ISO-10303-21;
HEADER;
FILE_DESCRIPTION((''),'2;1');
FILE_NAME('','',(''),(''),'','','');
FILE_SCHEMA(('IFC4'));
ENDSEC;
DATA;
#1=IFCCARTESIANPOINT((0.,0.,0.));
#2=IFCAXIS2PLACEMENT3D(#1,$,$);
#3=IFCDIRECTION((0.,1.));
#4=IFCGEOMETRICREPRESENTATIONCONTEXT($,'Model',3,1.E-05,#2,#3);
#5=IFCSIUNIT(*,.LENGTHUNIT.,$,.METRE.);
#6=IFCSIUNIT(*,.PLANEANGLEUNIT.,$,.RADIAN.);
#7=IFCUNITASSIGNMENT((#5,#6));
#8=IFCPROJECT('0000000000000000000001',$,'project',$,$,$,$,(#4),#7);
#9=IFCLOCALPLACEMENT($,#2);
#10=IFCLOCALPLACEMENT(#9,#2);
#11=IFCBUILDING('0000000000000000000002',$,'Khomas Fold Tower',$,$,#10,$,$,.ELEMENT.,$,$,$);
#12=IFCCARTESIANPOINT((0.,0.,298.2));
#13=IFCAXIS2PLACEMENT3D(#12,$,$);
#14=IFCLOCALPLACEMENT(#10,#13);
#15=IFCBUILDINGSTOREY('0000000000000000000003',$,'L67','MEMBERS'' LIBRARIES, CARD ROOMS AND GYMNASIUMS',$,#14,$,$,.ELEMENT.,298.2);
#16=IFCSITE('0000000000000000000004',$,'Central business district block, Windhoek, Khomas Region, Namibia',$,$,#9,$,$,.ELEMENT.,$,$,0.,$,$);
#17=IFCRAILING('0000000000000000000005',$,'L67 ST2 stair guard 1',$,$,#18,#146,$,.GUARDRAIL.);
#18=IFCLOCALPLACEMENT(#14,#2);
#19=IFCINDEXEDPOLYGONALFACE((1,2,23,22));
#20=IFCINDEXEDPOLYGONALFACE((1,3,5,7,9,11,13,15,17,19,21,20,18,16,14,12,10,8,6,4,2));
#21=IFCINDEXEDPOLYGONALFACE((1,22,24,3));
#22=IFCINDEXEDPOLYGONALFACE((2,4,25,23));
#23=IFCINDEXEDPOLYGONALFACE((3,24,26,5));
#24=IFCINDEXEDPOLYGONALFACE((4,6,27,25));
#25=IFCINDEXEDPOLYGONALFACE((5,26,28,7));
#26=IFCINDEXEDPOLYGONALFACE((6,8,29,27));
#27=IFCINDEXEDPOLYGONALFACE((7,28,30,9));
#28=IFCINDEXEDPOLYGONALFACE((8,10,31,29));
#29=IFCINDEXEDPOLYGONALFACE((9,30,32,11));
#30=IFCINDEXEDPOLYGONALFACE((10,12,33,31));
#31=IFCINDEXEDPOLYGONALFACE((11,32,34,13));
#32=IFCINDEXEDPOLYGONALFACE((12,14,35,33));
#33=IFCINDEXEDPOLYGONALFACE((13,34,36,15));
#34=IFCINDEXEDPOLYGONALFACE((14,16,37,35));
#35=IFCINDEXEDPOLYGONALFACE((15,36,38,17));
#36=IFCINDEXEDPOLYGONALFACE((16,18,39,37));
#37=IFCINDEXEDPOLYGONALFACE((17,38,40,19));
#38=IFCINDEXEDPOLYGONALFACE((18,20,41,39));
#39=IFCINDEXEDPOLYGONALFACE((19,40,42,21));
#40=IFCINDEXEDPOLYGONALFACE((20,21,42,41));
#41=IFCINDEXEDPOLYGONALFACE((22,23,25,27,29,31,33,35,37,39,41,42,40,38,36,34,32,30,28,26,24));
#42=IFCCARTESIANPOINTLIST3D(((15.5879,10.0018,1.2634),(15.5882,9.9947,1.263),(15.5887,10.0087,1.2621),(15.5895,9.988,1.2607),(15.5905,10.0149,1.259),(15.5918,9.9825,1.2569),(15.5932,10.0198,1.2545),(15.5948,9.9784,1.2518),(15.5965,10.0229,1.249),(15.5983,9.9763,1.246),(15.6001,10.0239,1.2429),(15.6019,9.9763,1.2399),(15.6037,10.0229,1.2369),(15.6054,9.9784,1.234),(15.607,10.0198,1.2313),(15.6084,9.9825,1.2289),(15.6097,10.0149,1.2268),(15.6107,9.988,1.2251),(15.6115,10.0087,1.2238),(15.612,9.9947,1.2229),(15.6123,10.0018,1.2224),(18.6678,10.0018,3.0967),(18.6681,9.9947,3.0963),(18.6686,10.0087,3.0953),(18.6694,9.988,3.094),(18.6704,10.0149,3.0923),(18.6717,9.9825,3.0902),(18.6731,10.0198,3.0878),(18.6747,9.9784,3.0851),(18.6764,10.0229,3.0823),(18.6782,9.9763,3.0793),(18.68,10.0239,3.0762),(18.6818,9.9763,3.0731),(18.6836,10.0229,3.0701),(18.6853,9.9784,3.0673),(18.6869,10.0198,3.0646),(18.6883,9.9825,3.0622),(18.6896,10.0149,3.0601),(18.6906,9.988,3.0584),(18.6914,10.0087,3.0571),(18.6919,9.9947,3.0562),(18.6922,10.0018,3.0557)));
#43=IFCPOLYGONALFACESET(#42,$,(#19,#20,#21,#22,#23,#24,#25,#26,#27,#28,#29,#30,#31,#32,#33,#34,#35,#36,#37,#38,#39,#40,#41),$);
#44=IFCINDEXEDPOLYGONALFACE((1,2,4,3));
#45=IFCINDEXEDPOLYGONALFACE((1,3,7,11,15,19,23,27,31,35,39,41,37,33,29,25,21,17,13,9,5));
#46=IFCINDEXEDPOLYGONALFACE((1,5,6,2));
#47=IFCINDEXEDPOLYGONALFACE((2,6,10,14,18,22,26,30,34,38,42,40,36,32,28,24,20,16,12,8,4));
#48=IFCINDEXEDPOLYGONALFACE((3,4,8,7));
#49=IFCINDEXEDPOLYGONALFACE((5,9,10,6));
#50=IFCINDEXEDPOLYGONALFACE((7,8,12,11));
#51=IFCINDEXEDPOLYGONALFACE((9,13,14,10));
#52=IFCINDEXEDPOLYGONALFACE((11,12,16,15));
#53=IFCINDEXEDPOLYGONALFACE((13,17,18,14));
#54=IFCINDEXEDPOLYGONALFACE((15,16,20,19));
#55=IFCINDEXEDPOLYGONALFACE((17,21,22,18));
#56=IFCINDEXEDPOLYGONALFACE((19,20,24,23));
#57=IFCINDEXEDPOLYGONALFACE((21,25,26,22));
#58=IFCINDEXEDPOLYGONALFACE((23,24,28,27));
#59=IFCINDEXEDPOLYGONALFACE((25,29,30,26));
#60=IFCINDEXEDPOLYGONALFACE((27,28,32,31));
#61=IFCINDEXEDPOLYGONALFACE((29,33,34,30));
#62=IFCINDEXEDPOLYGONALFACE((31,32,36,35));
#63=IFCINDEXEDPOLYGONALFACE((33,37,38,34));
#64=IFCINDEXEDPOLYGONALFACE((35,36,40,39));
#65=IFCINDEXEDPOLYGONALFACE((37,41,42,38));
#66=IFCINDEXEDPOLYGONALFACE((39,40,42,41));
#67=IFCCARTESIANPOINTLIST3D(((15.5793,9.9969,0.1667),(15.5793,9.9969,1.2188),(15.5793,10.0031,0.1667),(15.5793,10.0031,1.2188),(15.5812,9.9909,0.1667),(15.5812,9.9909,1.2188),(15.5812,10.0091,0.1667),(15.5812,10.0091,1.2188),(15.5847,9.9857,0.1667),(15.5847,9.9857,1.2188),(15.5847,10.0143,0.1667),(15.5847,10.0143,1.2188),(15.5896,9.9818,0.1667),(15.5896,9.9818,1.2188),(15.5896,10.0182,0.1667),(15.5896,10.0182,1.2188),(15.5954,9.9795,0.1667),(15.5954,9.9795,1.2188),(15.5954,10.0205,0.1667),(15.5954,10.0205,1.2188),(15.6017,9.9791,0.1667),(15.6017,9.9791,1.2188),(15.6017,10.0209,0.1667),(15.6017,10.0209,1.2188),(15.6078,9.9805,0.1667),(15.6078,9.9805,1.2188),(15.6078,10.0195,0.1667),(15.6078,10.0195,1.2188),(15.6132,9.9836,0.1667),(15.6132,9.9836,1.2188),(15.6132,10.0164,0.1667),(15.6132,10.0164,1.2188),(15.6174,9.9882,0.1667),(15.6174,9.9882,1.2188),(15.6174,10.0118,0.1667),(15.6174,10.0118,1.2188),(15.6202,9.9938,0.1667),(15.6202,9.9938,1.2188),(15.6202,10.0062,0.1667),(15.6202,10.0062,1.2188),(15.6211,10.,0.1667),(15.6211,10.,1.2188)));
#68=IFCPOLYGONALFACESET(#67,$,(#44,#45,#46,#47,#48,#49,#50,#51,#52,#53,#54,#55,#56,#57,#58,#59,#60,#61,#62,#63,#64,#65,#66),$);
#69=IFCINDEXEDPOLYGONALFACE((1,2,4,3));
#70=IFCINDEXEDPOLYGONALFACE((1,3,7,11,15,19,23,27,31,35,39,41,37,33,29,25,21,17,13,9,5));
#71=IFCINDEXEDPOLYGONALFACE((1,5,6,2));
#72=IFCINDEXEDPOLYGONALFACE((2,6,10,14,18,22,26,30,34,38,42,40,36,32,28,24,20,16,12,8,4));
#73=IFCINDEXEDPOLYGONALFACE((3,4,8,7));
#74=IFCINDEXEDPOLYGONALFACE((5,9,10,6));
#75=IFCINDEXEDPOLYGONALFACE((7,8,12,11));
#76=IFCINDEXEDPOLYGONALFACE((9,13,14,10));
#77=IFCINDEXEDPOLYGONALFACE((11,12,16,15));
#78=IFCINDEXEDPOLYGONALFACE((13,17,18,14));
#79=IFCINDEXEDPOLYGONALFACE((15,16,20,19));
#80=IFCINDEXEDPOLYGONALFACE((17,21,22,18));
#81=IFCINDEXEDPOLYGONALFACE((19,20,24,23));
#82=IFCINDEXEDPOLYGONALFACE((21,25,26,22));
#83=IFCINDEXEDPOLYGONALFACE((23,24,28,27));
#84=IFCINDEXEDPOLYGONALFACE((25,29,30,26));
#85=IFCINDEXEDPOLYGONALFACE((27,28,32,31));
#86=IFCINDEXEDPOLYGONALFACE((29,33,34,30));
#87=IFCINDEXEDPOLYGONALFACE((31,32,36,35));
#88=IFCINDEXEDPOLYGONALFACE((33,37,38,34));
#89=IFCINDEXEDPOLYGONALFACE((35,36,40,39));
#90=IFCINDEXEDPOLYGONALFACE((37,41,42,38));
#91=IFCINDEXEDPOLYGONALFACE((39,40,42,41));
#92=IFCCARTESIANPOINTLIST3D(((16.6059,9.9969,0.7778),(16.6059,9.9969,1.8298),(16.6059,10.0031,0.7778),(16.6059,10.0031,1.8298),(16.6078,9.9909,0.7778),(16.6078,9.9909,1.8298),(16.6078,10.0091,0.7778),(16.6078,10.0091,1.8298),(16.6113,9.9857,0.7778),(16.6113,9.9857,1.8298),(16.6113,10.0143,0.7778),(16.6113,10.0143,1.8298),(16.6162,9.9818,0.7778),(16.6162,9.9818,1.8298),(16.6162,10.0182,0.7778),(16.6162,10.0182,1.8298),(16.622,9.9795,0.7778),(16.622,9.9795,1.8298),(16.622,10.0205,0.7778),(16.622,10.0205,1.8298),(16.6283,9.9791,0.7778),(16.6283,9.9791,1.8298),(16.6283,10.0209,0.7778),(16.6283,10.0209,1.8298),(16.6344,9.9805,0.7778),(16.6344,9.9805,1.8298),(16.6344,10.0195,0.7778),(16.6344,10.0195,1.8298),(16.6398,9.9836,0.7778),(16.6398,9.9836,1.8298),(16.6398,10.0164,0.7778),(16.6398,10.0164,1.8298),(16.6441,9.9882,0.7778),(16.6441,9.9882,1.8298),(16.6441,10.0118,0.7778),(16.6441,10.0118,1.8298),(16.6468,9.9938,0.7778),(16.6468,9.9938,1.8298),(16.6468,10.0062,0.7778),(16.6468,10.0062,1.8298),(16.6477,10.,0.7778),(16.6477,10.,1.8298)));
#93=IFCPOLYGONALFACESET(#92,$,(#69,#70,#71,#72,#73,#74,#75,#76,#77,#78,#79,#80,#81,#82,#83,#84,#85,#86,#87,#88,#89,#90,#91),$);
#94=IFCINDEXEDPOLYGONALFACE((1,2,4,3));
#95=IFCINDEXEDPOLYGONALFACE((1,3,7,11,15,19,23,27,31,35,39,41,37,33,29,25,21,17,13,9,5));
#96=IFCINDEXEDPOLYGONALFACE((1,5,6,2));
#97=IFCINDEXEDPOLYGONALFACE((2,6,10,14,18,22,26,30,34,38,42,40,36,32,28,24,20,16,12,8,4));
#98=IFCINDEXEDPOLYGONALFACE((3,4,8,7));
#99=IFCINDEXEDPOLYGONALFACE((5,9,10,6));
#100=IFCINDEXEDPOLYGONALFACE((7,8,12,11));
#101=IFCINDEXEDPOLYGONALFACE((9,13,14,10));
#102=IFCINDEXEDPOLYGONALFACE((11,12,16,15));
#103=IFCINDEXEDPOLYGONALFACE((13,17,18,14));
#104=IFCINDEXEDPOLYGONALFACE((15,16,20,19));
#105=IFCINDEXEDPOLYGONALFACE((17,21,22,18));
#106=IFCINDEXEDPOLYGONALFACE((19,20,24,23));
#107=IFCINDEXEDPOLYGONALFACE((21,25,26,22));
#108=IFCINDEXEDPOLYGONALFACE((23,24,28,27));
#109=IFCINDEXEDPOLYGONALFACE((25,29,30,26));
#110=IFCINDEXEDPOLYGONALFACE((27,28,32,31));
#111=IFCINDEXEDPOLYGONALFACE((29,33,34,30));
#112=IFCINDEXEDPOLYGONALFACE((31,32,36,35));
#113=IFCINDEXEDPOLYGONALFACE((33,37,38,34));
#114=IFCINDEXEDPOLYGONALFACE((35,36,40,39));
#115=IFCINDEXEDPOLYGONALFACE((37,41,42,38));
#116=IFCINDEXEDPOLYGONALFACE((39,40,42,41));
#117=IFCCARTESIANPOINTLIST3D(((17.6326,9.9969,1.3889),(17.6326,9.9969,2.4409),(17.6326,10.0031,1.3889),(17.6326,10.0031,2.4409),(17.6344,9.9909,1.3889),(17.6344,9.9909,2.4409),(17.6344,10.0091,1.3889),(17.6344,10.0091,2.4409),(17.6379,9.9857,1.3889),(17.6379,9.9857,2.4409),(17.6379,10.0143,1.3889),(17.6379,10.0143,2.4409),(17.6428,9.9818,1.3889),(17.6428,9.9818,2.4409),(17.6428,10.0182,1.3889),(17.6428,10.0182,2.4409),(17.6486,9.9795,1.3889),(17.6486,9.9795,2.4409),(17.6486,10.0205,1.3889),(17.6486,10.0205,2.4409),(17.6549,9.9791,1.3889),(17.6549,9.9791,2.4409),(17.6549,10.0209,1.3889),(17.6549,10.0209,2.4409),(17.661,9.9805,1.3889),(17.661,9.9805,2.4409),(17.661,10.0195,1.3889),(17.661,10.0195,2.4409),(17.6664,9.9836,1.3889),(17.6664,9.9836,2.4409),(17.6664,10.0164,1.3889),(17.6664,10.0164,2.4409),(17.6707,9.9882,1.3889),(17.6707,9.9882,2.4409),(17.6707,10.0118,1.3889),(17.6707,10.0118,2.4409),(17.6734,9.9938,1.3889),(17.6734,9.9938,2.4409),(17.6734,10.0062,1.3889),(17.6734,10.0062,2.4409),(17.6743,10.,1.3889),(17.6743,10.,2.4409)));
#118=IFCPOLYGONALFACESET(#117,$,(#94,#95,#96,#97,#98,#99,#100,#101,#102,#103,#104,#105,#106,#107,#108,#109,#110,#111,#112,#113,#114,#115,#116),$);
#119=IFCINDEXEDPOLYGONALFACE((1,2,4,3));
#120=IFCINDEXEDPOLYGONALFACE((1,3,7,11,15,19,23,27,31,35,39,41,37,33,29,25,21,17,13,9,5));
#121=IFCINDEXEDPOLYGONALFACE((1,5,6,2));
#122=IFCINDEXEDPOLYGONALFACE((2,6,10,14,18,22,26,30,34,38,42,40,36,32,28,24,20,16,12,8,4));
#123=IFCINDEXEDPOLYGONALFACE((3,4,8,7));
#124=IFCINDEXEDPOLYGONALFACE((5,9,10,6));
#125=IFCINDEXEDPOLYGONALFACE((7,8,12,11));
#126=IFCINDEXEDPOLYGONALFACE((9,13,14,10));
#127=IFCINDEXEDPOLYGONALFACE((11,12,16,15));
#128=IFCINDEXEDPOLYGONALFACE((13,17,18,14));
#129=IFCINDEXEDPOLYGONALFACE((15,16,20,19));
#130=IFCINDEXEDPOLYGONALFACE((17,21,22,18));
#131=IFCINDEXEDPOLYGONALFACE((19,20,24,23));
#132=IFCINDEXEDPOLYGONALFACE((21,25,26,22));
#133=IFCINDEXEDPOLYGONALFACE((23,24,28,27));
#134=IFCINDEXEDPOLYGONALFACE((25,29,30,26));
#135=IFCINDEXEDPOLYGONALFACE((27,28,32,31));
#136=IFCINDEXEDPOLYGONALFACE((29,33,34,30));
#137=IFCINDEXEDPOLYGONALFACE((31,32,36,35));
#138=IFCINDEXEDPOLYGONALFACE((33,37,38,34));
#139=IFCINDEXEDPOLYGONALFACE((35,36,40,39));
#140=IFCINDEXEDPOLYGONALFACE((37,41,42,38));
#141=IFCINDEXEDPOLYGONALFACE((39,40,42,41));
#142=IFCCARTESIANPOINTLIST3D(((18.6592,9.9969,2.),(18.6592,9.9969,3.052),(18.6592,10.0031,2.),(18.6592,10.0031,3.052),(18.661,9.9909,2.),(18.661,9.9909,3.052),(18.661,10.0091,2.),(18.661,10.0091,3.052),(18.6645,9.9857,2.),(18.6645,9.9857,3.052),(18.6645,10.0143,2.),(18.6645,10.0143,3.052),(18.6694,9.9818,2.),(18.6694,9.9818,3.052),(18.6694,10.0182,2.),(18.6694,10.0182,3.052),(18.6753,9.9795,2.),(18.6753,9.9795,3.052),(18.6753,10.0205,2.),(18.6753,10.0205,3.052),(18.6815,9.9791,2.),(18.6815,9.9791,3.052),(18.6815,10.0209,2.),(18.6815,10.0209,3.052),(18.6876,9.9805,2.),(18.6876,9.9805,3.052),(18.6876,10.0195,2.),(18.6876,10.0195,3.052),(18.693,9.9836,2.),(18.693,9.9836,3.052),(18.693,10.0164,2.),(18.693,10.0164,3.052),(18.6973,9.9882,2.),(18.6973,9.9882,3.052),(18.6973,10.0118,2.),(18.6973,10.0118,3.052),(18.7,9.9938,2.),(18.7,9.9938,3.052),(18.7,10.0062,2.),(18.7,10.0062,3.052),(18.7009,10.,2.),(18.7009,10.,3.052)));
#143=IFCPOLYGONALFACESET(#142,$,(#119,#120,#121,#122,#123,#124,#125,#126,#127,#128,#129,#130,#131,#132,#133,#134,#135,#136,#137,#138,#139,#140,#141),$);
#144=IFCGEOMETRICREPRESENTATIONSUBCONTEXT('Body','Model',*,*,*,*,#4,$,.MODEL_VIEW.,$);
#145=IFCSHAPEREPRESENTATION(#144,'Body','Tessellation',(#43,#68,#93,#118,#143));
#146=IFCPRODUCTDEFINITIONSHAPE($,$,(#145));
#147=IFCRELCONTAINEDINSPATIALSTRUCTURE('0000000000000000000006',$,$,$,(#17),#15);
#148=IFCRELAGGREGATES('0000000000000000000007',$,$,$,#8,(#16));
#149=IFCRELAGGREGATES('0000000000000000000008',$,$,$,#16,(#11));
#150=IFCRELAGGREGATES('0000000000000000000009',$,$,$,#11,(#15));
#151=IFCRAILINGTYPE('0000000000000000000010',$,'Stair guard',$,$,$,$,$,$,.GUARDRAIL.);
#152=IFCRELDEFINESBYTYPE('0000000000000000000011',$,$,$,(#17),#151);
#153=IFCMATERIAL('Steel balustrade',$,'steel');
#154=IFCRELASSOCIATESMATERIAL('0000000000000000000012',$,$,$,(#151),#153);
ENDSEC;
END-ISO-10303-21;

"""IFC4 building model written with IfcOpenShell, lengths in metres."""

from ifc_helpers import new_model, si_unit, direction, frame, origin, origin_2d, place, context, subcontext, project, spatial, circle, extrude, source, transform, mapped, material, type_object, element, save


model = new_model("IFC4")

# Units and contexts
model_context = context("Model", 3, precision=1e-05, world=origin(), true_north=direction((0.0, 1.0)))
body_context = subcontext(model_context, "Body", "Model", "MODEL_VIEW")
ifc_project = project(units=[si_unit("LENGTHUNIT", "METRE"), si_unit("PLANEANGLEUNIT", "RADIAN")], contexts=[model_context])

# Site, building, storey
site_placement = place(None, origin())
site = spatial("IfcSite", under=ifc_project, at=site_placement, Name="Central business district block, Windhoek, Khomas Region, Namibia", CompositionType="ELEMENT", RefElevation=0.0)
building_placement = place(site_placement, origin())
building = spatial("IfcBuilding", under=site, at=building_placement, Name="Khomas Fold Tower", CompositionType="ELEMENT")
storey_placement = place(building_placement, frame((0.0, 0.0, 298.2)))
storey = spatial("IfcBuildingStorey", under=building, at=storey_placement, Name="L67", Description="MEMBERS' LIBRARIES, CARD ROOMS AND GYMNASIUMS", CompositionType="ELEMENT", Elevation=298.2)

# Railing
ifc_material_1 = material(Name="Steel balustrade", Category="steel")
railing_type_1 = type_object("IfcRailingType", Name="Stair guard", PredefinedType="GUARDRAIL", material=ifc_material_1)
shared_shape_1 = source(origin(), body_context, "Body", "SweptSolid", [
    extrude(circle(Radius=0.0239, at=origin_2d()), frame((0.0, 0.0, 1.0762), z_axis=(0.859291, 0.0, 0.511487), x_axis=(0.0, 1.0, 0.0)), (0.0, 0.0, 1.0), 3.5842),
    extrude(circle(Radius=0.021, at=origin_2d()), origin(), (0.0, 0.0, 1.0), 1.052),
    extrude(circle(Radius=0.021, at=origin_2d()), frame((1.0266, 0.0, 0.6111)), (0.0, 0.0, 1.0), 1.052),
    extrude(circle(Radius=0.021, at=origin_2d()), frame((2.0532, 0.0, 1.2222)), (0.0, 0.0, 1.0), 1.052),
    extrude(circle(Radius=0.021, at=origin_2d()), frame((3.0798, 0.0, 1.8333)), (0.0, 0.0, 1.0), 1.052),
])
railing_1_placement = place(storey_placement, frame((15.6001, 10.0, 0.1667)))
element("IfcRailing", 1, at=railing_1_placement, inside=storey, type_object=railing_type_1, Name="L67 ST2 stair guard 1", PredefinedType="GUARDRAIL", context=body_context, shape_type="MappedRepresentation", body=[
    mapped(shared_shape_1, transform((0.0, 0.0, 0.0))),
])

save(model, "model.ifc")
